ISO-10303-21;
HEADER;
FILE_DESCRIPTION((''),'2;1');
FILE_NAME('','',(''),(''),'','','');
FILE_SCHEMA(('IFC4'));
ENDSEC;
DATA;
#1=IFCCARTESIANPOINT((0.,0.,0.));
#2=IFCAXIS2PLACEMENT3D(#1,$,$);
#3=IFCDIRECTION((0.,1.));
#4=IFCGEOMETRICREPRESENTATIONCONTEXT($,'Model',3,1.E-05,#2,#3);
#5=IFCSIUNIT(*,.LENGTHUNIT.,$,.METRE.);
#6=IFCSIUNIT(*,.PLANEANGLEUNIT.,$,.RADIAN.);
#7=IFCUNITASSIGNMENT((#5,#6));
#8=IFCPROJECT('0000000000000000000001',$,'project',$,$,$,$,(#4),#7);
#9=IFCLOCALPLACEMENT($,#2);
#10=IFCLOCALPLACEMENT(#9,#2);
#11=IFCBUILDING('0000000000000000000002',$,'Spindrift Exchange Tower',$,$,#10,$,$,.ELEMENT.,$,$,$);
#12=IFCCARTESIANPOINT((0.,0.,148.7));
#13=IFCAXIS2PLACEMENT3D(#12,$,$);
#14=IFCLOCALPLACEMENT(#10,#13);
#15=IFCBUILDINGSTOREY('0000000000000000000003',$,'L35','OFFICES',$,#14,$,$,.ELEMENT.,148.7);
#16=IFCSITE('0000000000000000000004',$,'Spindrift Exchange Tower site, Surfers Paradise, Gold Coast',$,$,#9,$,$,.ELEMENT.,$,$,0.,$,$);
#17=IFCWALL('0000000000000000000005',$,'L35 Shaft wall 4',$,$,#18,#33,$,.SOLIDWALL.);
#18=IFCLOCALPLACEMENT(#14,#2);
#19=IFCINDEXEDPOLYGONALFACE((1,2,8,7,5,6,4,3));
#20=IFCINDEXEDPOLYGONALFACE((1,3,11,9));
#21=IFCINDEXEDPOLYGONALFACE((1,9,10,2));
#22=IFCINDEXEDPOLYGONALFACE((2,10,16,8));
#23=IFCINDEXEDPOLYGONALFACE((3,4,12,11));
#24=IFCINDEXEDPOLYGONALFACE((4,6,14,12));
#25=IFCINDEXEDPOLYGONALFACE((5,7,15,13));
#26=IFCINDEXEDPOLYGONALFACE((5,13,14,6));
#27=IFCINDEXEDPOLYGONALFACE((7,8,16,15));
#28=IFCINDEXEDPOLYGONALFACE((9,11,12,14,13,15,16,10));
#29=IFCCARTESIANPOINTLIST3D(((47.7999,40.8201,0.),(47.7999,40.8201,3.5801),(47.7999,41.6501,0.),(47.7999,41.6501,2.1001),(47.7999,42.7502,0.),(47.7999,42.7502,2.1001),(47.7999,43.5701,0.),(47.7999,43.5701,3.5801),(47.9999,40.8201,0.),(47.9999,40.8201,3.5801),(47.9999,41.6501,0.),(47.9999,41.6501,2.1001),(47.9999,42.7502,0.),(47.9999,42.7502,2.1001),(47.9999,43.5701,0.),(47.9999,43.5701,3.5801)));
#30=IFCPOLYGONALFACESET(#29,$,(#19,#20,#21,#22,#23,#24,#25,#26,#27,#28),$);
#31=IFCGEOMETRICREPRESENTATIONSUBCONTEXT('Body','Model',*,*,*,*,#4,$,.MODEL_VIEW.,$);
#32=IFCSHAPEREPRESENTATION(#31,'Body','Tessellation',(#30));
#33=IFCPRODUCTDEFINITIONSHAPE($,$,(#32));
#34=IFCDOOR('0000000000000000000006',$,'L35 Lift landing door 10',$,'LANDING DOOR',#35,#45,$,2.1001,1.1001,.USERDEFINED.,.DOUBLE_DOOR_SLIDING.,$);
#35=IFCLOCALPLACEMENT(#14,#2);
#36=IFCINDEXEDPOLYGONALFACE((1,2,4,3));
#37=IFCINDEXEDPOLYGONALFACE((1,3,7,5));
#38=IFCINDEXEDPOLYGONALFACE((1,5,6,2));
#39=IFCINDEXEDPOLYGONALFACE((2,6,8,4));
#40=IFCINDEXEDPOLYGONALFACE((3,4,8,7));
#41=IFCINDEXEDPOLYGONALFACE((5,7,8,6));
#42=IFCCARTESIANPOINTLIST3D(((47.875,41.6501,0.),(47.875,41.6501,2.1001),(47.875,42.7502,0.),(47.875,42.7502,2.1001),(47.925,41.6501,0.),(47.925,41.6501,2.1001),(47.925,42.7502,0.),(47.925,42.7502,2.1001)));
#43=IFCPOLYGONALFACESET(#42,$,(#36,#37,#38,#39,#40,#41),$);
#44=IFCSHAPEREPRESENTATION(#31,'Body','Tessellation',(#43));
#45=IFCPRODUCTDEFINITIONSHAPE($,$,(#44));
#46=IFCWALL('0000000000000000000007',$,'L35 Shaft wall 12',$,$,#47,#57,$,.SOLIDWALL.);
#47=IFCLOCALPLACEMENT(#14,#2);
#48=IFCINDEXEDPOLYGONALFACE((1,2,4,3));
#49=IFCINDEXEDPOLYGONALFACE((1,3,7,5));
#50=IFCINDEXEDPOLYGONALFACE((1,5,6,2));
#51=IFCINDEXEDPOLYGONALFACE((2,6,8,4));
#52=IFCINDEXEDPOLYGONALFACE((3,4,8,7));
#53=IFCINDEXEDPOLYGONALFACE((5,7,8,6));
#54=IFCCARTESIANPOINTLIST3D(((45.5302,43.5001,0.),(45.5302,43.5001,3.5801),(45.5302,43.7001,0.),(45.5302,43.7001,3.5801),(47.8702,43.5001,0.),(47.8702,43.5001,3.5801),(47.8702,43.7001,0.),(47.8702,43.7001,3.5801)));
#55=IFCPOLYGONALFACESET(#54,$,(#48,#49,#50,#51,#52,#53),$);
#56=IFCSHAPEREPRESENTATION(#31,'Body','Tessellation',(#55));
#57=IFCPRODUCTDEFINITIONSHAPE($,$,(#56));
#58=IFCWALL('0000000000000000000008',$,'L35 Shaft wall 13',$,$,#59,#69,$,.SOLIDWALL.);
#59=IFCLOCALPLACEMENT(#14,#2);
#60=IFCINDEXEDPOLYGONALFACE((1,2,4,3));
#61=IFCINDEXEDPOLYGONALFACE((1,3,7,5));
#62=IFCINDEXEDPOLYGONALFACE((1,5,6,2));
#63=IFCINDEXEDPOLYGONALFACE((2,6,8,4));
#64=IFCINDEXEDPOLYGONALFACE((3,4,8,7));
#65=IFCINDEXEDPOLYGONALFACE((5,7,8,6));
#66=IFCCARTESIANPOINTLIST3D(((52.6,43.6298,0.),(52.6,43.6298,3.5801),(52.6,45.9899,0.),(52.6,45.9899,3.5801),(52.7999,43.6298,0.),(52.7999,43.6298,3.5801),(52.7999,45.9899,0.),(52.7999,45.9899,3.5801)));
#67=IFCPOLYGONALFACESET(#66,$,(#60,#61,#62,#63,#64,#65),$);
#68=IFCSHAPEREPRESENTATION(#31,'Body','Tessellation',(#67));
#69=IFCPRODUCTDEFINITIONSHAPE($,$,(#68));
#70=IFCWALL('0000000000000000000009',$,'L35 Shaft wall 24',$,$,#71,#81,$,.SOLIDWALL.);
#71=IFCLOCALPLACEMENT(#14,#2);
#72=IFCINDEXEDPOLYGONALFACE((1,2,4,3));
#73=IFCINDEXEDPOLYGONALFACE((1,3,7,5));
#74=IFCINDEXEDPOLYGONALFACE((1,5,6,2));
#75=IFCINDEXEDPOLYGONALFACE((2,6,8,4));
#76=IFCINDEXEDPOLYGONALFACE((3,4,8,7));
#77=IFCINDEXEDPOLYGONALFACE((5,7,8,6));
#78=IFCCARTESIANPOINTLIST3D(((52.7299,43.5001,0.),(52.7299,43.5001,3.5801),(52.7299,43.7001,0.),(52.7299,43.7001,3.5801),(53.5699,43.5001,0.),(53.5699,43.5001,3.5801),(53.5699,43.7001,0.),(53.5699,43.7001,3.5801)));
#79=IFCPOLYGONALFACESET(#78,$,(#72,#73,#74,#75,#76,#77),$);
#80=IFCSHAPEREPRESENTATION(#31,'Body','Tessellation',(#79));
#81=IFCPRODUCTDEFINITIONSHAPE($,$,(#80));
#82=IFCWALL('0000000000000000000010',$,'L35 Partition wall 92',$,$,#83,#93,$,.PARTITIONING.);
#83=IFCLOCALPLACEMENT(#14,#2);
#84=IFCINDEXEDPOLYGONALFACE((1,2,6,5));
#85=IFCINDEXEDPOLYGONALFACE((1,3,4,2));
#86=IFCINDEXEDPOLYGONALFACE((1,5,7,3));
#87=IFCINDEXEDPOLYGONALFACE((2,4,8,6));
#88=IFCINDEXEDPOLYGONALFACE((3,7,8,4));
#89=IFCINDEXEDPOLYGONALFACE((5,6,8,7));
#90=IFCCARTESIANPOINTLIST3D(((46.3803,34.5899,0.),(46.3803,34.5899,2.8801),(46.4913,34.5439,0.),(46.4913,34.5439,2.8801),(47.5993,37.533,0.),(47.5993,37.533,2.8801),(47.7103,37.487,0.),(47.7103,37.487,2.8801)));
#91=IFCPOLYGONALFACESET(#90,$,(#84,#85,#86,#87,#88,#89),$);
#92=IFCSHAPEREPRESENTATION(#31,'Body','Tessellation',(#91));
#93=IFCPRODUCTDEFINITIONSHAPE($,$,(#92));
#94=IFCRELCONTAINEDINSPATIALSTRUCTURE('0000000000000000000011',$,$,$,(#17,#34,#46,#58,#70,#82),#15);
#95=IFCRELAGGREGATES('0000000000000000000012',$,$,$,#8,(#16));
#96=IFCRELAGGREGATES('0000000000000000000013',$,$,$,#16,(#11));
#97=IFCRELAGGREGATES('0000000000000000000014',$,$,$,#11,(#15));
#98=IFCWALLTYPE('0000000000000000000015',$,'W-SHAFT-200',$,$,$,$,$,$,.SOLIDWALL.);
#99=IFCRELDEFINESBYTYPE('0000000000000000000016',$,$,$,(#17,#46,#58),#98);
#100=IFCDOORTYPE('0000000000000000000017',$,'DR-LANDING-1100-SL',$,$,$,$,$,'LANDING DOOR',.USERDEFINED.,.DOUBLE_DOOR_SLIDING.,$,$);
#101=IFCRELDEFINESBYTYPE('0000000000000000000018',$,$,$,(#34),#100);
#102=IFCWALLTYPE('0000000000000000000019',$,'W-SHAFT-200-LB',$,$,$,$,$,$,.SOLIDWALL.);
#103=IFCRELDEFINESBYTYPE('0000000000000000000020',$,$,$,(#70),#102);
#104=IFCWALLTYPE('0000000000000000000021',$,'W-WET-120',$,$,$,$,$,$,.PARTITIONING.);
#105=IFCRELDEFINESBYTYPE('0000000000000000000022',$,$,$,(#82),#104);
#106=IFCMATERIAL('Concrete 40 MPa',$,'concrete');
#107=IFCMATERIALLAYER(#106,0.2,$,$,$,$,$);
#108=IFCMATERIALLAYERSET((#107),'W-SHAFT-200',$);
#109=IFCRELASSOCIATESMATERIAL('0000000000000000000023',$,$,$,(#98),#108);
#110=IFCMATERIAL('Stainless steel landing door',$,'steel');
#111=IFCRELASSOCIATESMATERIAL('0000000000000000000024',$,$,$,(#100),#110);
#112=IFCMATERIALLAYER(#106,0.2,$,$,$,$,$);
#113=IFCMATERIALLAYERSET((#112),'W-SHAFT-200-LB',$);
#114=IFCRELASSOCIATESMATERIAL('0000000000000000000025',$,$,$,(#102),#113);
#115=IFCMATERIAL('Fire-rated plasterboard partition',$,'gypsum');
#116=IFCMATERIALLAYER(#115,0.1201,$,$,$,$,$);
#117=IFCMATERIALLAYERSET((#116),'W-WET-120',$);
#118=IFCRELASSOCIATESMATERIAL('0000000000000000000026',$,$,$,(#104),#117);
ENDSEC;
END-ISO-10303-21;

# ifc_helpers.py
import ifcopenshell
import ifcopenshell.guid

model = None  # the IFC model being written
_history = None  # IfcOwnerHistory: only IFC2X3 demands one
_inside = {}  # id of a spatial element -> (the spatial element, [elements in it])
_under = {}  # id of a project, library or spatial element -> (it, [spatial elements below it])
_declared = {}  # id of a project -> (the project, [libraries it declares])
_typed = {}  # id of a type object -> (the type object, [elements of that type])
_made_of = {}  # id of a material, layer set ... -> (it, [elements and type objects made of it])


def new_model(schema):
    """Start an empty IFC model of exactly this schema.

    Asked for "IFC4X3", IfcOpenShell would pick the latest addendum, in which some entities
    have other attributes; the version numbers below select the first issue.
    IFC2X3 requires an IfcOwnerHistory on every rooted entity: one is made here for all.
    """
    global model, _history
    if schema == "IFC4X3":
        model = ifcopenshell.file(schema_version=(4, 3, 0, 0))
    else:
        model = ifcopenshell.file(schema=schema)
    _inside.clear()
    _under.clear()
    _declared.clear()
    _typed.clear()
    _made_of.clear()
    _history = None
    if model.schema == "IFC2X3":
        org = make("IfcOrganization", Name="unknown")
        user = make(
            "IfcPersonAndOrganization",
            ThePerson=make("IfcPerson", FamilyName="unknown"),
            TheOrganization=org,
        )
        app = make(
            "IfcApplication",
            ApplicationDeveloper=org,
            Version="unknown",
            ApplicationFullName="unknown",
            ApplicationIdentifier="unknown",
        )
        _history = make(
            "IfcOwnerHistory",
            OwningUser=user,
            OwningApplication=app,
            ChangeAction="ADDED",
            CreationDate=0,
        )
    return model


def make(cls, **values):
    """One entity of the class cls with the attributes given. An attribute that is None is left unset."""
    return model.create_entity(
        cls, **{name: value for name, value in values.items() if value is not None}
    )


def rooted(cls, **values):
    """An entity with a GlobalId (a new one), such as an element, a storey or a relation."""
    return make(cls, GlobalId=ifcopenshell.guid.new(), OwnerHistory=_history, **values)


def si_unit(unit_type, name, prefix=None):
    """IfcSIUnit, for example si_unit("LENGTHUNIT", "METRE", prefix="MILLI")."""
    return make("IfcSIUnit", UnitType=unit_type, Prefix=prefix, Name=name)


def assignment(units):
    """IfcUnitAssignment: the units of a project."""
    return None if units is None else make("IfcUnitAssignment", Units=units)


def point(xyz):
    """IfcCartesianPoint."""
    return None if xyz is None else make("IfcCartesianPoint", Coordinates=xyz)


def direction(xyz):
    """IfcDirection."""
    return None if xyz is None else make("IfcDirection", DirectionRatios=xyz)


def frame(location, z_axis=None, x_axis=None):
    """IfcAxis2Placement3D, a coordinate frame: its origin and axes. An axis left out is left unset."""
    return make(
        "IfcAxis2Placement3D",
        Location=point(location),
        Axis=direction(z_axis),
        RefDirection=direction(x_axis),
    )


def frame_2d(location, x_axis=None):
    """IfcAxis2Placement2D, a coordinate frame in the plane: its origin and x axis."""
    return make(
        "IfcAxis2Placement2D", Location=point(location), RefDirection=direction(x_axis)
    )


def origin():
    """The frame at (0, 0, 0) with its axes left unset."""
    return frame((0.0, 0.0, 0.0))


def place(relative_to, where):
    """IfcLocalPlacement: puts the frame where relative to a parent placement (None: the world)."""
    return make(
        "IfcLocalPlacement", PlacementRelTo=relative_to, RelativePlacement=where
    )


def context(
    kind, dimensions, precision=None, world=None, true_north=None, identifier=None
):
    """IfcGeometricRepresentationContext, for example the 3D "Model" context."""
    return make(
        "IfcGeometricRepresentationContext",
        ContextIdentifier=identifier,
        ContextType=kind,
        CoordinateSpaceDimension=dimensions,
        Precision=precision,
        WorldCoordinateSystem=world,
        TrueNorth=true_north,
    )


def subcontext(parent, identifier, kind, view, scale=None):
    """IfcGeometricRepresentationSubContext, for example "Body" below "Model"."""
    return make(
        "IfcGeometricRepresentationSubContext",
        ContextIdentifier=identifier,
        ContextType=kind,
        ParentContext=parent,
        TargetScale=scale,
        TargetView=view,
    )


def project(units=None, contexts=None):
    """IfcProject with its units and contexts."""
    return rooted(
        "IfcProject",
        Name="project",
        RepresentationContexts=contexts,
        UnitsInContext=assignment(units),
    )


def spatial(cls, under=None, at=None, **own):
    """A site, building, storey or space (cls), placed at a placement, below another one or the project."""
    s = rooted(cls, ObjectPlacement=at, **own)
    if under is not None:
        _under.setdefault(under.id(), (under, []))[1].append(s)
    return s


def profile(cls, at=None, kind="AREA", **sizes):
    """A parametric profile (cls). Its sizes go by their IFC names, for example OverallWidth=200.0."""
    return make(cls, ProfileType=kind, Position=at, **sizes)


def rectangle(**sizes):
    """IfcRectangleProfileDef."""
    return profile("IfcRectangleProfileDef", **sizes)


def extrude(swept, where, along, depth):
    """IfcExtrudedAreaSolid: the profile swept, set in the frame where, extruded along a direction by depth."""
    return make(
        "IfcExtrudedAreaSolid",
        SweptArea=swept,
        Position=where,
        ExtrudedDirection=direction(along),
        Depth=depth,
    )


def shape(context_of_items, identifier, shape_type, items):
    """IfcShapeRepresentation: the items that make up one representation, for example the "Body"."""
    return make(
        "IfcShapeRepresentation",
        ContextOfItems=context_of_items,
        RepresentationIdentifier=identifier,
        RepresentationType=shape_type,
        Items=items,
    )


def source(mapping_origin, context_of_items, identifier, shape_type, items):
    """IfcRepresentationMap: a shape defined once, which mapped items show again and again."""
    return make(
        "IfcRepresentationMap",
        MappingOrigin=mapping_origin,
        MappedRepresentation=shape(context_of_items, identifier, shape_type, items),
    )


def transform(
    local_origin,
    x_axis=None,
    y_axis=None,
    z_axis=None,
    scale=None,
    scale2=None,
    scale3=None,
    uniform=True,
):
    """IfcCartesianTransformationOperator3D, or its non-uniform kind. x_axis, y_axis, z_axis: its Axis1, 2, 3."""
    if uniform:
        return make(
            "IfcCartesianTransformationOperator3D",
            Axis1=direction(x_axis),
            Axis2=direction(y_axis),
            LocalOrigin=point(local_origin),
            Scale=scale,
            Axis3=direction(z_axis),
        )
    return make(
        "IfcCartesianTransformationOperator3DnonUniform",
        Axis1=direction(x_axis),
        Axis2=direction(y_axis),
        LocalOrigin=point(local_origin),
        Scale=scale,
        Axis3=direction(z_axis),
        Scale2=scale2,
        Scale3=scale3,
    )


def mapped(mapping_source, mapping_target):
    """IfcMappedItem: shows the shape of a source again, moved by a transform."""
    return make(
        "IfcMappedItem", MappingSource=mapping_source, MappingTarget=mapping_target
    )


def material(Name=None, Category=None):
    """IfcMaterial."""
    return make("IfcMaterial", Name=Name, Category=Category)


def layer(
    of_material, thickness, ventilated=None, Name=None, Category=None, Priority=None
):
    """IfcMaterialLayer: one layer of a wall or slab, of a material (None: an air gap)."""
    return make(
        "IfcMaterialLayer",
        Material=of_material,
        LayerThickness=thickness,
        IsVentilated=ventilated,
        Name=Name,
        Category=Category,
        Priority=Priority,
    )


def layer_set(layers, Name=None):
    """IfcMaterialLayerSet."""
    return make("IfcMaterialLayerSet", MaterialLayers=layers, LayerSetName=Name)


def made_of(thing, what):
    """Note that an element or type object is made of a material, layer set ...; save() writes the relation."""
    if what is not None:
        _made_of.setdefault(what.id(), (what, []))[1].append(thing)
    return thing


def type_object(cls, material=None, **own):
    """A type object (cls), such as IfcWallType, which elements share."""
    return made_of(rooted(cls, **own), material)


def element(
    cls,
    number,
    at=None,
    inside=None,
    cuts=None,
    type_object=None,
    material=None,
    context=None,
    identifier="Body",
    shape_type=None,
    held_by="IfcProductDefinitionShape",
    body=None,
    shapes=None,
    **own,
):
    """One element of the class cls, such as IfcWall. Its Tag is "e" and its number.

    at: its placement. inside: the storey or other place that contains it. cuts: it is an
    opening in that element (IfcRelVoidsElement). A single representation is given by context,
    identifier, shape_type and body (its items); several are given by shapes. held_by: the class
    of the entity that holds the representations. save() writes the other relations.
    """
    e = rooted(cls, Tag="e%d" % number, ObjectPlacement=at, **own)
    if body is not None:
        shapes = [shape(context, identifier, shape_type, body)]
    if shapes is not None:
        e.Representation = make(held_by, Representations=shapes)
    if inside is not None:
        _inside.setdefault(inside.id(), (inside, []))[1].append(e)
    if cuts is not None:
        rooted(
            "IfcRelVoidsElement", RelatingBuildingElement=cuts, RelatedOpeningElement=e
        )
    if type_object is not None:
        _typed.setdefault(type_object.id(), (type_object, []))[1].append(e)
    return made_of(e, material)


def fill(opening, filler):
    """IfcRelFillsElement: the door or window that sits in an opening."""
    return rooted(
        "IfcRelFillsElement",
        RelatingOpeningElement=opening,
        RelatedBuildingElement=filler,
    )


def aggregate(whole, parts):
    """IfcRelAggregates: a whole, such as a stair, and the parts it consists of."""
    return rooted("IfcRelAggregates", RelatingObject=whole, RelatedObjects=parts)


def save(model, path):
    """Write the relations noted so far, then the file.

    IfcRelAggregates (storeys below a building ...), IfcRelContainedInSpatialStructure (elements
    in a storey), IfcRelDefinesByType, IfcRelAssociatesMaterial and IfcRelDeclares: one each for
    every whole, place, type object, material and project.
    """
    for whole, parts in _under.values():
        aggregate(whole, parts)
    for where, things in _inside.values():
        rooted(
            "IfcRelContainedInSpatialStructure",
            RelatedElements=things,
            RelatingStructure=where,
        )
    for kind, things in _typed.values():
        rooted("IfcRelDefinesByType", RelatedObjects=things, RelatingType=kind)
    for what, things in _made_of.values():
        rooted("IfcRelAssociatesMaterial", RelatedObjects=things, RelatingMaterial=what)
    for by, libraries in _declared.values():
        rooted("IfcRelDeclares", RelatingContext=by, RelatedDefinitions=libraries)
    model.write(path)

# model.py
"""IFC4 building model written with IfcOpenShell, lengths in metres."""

from ifc_helpers import new_model, si_unit, direction, frame, frame_2d, origin, place, context, subcontext, project, spatial, rectangle, extrude, source, transform, mapped, material, layer, layer_set, type_object, element, fill, save


model = new_model("IFC4")

# Units and contexts
model_context = context("Model", 3, precision=1e-05, world=origin(), true_north=direction((0.0, 1.0)))
body_context = subcontext(model_context, "Body", "Model", "MODEL_VIEW")
ifc_project = project(units=[si_unit("LENGTHUNIT", "METRE"), si_unit("PLANEANGLEUNIT", "RADIAN")], contexts=[model_context])

# Site, building, storey
site_placement = place(None, origin())
site = spatial("IfcSite", under=ifc_project, at=site_placement, Name="Spindrift Exchange Tower site, Surfers Paradise, Gold Coast", CompositionType="ELEMENT", RefElevation=0.0)
building_placement = place(site_placement, origin())
building = spatial("IfcBuilding", under=site, at=building_placement, Name="Spindrift Exchange Tower", CompositionType="ELEMENT")
storey_placement = place(building_placement, frame((0.0, 0.0, 148.7)))
storey = spatial("IfcBuildingStorey", under=building, at=storey_placement, Name="L35", Description="OFFICES", CompositionType="ELEMENT", Elevation=148.7)

# Shared definitions
ifc_material_1 = material(Name="Fire-rated plasterboard partition", Category="gypsum")
ifc_material_2 = material(Name="Concrete 40 MPa", Category="concrete")
ifc_layer_1 = layer(ifc_material_2, 0.2)
ifc_layer_set_1 = layer_set([ifc_layer_1], Name="W-SHAFT-200")
wall_type_1 = type_object("IfcWallType", Name="W-SHAFT-200", PredefinedType="SOLIDWALL", material=ifc_layer_set_1)

# Wall, opening, door
wall_1_placement = place(storey_placement, frame((47.8999, 40.8201, 0.0), z_axis=(0.0, 0.0, 1.0), x_axis=(0.0, 1.0, 0.0)))
wall_1 = element("IfcWall", 1, at=wall_1_placement, inside=storey, type_object=wall_type_1, Name="L35 Shaft wall 4", PredefinedType="SOLIDWALL", context=body_context, shape_type="SweptSolid", body=[
    extrude(rectangle(XDim=2.75, YDim=0.2, at=frame_2d((1.375, 0.0))), origin(), (0.0, 0.0, 1.0), 3.5801),
])
opening_placement = place(wall_1_placement, frame((0.8301, 0.0, 0.0)))
opening = element("IfcOpeningElement", 2, at=opening_placement, cuts=wall_1, PredefinedType="OPENING", context=body_context, shape_type="SweptSolid", body=[
    extrude(rectangle(XDim=1.1001, YDim=2.1001, at=frame_2d((0.55, 1.05))), frame((0.0, 0.1099, 0.0), z_axis=(0.0, -1.0, 0.0), x_axis=(1.0, 0.0, 0.0)), (0.0, 0.0, 1.0), 0.22),
])
ifc_material_3 = material(Name="Stainless steel landing door", Category="steel")
door_type = type_object("IfcDoorType", Name="DR-LANDING-1100-SL", ElementType="LANDING DOOR", OperationType="DOUBLE_DOOR_SLIDING", PredefinedType="USERDEFINED", material=ifc_material_3)
shared_shape_1 = source(origin(), body_context, "Body", "SweptSolid", [
    extrude(rectangle(XDim=1.1001, YDim=2.1001, at=frame_2d((0.55, 1.05))), frame((0.0, 0.0249, 0.0), z_axis=(0.0, -1.0, 0.0), x_axis=(1.0, 0.0, 0.0)), (0.0, 0.0, 1.0), 0.05),
])
door_placement = place(opening_placement, origin())
door = element("IfcDoor", 3, at=door_placement, inside=storey, type_object=door_type, Name="L35 Lift landing door 10", ObjectType="LANDING DOOR", OperationType="DOUBLE_DOOR_SLIDING", OverallHeight=2.1001, OverallWidth=1.1001, PredefinedType="USERDEFINED", context=body_context, shape_type="MappedRepresentation", body=[
    mapped(shared_shape_1, transform((0.0, 0.0, 0.0), scale=1.0)),
])
fill(opening, door)

# Walls
wall_2_placement = place(storey_placement, frame((47.8701, 43.6001, 0.0), z_axis=(0.0, 0.0, 1.0), x_axis=(-1.0, 0.0, 0.0)))
element("IfcWall", 4, at=wall_2_placement, inside=storey, type_object=wall_type_1, Name="L35 Shaft wall 12", PredefinedType="SOLIDWALL", context=body_context, shape_type="SweptSolid", body=[
    extrude(rectangle(XDim=2.3401, YDim=0.2, at=frame_2d((1.1699, 0.0))), origin(), (0.0, 0.0, 1.0), 3.5801),
])
wall_3_placement = place(storey_placement, frame((52.7, 45.99, 0.0), z_axis=(0.0, 0.0, 1.0), x_axis=(0.0, -1.0, 0.0)))
element("IfcWall", 5, at=wall_3_placement, inside=storey, type_object=wall_type_1, Name="L35 Shaft wall 13", PredefinedType="SOLIDWALL", context=body_context, shape_type="SweptSolid", body=[
    extrude(rectangle(XDim=2.3601, YDim=0.2, at=frame_2d((1.1802, 0.0))), origin(), (0.0, 0.0, 1.0), 3.5801),
])
ifc_layer_2 = layer(ifc_material_2, 0.2)
ifc_layer_set_2 = layer_set([ifc_layer_2], Name="W-SHAFT-200-LB")
wall_type_2 = type_object("IfcWallType", Name="W-SHAFT-200-LB", PredefinedType="SOLIDWALL", material=ifc_layer_set_2)
wall_4_placement = place(storey_placement, frame((52.73, 43.6001, 0.0), z_axis=(0.0, 0.0, 1.0), x_axis=(1.0, 0.0, 0.0)))
element("IfcWall", 6, at=wall_4_placement, inside=storey, type_object=wall_type_2, Name="L35 Shaft wall 24", PredefinedType="SOLIDWALL", context=body_context, shape_type="SweptSolid", body=[
    extrude(rectangle(XDim=0.8401, YDim=0.2, at=frame_2d((0.4199, 0.0))), origin(), (0.0, 0.0, 1.0), 3.5801),
])
ifc_layer_3 = layer(ifc_material_1, 0.1201)
ifc_layer_set_3 = layer_set([ifc_layer_3], Name="W-WET-120")
wall_type_3 = type_object("IfcWallType", Name="W-WET-120", PredefinedType="PARTITIONING", material=ifc_layer_set_3)
wall_5_placement = place(storey_placement, frame((47.6548, 37.51, 0.0), z_axis=(0.0, 0.0, 1.0), x_axis=(-0.382661, -0.923889, 0.0)))
element("IfcWall", 7, at=wall_5_placement, inside=storey, type_object=wall_type_3, Name="L35 Partition wall 92", PredefinedType="PARTITIONING", context=body_context, shape_type="SweptSolid", body=[
    extrude(rectangle(XDim=3.1855, YDim=0.1201, at=frame_2d((1.5928, 0.0))), origin(), (0.0, 0.0, 1.0), 2.8801),
])

save(model, "model.ifc")
